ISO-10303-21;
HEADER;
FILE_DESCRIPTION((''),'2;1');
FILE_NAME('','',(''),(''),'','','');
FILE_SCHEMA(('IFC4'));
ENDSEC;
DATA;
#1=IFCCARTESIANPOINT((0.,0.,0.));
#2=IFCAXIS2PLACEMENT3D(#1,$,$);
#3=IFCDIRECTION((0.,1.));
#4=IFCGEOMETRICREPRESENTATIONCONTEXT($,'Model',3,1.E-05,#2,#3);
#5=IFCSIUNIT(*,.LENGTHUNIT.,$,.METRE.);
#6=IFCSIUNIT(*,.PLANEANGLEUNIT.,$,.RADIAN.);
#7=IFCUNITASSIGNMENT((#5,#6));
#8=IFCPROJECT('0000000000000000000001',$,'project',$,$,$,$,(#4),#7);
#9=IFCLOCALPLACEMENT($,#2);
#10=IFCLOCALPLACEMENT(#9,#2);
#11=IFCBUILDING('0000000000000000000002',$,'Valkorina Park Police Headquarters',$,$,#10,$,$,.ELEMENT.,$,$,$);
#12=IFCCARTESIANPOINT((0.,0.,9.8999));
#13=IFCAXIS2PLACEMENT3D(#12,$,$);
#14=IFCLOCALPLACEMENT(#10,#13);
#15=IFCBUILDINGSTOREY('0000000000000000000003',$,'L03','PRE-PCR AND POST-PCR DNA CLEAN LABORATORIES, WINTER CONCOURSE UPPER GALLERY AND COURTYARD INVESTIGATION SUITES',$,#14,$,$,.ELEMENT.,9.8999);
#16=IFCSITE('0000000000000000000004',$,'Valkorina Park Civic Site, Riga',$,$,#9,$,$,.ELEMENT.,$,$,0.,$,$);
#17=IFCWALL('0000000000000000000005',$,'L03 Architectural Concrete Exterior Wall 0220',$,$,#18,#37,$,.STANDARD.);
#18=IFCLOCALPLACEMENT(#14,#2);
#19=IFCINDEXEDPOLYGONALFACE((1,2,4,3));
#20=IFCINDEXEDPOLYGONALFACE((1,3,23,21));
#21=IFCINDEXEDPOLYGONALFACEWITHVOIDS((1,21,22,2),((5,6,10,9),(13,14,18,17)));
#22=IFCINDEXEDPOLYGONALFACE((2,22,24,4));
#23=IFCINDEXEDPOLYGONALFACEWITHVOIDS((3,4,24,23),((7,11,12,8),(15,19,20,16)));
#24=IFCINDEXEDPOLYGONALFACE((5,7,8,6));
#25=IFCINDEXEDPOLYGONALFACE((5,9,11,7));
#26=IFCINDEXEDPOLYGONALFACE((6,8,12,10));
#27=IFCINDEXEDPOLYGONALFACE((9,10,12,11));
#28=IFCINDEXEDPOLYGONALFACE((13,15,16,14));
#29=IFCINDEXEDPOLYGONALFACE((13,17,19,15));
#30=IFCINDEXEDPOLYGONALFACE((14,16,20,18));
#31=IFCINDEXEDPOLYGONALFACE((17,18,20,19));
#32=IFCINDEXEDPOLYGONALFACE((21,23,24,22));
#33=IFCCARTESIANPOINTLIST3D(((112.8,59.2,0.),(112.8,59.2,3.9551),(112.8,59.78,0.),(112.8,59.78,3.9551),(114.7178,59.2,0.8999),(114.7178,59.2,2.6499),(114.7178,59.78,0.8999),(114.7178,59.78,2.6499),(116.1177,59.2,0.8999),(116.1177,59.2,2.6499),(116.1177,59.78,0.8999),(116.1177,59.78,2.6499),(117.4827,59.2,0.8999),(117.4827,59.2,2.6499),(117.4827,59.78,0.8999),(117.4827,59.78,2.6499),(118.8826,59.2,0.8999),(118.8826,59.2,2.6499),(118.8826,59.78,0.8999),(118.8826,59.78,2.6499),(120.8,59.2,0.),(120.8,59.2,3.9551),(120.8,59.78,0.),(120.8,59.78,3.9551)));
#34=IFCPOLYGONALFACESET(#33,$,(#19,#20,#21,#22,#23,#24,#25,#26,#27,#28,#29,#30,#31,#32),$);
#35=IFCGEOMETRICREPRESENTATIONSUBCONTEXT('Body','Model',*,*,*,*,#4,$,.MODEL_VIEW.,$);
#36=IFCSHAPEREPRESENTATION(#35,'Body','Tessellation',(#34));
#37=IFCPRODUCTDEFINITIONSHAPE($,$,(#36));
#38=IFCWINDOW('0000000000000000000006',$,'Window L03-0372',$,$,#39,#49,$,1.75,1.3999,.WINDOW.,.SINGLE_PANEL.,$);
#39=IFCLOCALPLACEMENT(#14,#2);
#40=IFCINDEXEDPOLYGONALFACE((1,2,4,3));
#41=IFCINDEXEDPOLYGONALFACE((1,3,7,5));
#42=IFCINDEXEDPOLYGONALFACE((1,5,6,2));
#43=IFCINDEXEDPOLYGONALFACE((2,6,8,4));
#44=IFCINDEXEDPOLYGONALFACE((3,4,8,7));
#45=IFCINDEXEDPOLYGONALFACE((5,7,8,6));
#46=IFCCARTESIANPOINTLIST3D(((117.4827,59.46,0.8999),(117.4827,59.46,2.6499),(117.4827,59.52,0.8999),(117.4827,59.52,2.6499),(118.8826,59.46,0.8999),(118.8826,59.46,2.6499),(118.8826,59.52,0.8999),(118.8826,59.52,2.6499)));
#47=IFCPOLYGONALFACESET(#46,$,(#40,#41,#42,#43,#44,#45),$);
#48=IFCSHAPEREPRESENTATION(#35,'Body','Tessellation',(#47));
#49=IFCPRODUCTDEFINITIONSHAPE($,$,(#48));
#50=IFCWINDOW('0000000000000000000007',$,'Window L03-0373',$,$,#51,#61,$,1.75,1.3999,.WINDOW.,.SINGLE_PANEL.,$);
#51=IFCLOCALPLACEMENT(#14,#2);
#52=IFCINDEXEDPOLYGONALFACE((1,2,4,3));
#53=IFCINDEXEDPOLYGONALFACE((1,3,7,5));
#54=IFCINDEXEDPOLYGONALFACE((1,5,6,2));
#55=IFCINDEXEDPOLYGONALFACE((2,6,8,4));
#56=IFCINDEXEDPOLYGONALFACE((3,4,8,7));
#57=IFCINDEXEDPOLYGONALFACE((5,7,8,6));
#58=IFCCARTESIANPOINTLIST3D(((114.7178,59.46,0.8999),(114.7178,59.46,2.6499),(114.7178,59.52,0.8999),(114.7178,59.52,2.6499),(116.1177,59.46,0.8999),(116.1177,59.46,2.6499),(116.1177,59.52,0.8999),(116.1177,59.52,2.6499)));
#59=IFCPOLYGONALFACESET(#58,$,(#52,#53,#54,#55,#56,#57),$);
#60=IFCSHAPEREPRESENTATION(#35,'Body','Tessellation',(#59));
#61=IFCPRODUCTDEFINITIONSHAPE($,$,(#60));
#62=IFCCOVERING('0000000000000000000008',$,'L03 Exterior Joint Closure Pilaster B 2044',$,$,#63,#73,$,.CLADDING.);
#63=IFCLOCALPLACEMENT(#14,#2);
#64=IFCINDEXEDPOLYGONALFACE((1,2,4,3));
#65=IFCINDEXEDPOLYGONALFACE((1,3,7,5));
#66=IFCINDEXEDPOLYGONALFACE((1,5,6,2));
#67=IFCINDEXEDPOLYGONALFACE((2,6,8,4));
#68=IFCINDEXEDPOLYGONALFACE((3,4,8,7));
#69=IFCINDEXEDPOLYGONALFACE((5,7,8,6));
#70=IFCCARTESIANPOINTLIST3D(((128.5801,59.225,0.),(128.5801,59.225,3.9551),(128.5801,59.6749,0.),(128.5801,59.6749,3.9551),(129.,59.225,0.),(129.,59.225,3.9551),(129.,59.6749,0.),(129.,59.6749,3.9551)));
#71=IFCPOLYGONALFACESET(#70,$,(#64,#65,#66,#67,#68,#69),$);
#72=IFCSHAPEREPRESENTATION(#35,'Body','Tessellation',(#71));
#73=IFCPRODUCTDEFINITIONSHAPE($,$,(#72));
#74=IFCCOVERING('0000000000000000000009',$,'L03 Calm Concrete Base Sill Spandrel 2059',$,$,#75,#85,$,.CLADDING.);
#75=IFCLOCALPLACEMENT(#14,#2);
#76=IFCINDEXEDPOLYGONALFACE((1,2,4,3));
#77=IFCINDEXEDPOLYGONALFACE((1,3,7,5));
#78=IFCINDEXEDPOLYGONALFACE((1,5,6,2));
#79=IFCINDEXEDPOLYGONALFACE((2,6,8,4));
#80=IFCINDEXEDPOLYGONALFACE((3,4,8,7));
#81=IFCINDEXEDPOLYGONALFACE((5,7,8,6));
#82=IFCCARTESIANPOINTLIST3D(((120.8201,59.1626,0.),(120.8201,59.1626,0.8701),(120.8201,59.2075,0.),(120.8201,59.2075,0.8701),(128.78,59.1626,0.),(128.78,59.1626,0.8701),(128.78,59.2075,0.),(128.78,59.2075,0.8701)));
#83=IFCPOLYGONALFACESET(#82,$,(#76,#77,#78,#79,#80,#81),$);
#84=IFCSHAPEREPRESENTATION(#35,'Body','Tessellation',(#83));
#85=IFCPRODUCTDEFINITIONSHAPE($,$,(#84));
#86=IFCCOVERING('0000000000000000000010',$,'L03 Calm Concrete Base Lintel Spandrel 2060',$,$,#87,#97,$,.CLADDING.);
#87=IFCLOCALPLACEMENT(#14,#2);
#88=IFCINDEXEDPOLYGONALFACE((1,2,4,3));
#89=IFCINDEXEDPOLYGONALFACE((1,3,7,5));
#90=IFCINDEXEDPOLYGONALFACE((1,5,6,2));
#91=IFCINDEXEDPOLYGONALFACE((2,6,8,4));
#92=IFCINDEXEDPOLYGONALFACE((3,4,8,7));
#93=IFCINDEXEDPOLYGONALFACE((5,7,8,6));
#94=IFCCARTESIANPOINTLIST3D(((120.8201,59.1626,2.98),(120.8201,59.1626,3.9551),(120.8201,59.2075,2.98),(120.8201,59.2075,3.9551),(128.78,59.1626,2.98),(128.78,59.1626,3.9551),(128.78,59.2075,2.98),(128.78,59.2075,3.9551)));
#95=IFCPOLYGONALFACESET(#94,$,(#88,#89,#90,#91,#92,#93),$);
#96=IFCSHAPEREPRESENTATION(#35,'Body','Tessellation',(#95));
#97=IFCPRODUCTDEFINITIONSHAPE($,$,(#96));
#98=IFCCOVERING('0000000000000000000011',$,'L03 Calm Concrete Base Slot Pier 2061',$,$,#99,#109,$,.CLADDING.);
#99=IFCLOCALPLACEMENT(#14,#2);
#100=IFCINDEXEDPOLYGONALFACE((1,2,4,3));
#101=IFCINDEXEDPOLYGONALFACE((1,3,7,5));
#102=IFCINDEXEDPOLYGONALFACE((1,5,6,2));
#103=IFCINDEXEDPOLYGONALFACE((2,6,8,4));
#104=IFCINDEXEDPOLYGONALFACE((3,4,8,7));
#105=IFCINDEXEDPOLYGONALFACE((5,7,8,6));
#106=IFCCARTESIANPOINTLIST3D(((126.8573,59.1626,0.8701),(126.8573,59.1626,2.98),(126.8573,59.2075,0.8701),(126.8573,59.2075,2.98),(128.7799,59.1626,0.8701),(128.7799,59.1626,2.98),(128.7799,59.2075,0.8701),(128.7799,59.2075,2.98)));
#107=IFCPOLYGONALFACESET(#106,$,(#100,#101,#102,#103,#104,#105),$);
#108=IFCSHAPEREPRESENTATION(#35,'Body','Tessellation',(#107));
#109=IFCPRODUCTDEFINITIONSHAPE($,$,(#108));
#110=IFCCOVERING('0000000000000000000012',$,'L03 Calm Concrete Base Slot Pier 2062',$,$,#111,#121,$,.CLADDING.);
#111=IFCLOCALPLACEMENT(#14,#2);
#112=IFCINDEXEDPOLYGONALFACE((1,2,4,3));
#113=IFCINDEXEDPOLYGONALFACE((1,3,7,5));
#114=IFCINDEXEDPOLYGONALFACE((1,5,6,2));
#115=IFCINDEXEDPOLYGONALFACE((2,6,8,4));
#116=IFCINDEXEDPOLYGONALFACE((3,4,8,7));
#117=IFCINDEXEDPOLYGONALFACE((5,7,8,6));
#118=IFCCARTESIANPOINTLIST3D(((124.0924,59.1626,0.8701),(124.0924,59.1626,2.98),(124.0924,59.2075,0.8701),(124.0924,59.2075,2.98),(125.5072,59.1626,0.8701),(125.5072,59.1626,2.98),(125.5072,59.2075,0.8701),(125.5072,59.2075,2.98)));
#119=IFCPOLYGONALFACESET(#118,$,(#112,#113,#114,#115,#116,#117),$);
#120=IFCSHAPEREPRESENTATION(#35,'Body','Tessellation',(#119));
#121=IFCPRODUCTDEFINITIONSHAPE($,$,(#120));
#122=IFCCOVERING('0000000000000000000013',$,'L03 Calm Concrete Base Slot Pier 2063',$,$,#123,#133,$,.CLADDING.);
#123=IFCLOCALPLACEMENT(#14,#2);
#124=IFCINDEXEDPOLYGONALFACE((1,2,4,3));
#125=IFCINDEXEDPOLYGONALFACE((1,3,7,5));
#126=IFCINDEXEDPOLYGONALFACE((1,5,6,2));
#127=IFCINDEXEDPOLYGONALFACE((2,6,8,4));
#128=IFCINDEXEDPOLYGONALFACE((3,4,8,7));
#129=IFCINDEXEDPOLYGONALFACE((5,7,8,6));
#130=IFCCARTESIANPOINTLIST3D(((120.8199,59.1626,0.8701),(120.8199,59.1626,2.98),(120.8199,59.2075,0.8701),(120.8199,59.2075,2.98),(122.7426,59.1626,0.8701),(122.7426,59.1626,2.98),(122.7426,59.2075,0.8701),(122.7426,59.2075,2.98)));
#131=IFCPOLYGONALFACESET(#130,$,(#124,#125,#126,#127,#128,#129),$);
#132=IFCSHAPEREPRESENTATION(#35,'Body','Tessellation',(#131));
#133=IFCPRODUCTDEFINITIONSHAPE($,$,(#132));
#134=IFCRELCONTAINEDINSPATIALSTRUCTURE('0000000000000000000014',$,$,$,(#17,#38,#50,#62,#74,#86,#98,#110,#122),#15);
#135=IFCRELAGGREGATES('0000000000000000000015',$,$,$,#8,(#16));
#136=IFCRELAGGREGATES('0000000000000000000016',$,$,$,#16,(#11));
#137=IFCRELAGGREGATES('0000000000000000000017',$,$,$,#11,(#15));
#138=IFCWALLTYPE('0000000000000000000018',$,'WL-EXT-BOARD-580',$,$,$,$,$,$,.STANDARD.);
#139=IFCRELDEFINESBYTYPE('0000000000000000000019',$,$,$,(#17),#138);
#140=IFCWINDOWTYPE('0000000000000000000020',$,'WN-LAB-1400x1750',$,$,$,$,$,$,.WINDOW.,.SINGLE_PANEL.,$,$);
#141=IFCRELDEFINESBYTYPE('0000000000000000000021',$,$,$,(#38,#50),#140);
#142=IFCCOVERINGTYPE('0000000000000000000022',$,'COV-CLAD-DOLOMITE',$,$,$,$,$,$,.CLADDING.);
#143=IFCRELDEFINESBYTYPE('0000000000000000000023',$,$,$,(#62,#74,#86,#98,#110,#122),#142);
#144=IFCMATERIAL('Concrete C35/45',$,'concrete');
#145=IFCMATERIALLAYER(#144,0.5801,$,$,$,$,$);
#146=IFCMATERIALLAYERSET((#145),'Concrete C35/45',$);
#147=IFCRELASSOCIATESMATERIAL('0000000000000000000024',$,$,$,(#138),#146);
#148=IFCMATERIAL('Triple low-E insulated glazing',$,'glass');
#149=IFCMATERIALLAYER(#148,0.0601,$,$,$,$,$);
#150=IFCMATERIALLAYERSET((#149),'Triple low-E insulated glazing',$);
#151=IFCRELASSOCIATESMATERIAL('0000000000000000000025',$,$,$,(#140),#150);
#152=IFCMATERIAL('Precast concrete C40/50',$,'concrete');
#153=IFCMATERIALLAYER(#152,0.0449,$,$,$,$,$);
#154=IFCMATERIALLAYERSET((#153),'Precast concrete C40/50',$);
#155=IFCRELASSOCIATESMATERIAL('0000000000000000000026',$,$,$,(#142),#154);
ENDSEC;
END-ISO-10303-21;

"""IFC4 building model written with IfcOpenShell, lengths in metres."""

from ifc_helpers import new_model, si_unit, direction, frame, frame_2d, origin, origin_2d, place, context, subcontext, project, spatial, rectangle, extrude, material, layer, layer_set, type_object, element, fill, save


model = new_model("IFC4")

# Units and contexts
model_context = context("Model", 3, precision=1e-05, world=origin(), true_north=direction((0.0, 1.0)))
body_context = subcontext(model_context, "Body", "Model", "MODEL_VIEW")
ifc_project = project(units=[si_unit("LENGTHUNIT", "METRE"), si_unit("PLANEANGLEUNIT", "RADIAN")], contexts=[model_context])

# Site, building, storey
site_placement = place(None, origin())
site = spatial("IfcSite", under=ifc_project, at=site_placement, Name="Valkorina Park Civic Site, Riga", CompositionType="ELEMENT", RefElevation=0.0)
building_placement = place(site_placement, origin())
building = spatial("IfcBuilding", under=site, at=building_placement, Name="Valkorina Park Police Headquarters", CompositionType="ELEMENT")
storey_placement = place(building_placement, frame((0.0, 0.0, 9.8999)))
storey = spatial("IfcBuildingStorey", under=building, at=storey_placement, Name="L03", Description="PRE-PCR AND POST-PCR DNA CLEAN LABORATORIES, WINTER CONCOURSE UPPER GALLERY AND COURTYARD INVESTIGATION SUITES", CompositionType="ELEMENT", Elevation=9.8999)

# Wall, openings, windows
ifc_material_1 = material(Name="Concrete C35/45", Category="concrete")
ifc_layer_1 = layer(ifc_material_1, 0.5801)
ifc_layer_set_1 = layer_set([ifc_layer_1], Name="Concrete C35/45")
wall_type = type_object("IfcWallType", Name="WL-EXT-BOARD-580", PredefinedType="STANDARD", material=ifc_layer_set_1)
ifc_material_2 = material(Name="Triple low-E insulated glazing", Category="glass")
wall_1_placement = place(storey_placement, frame((120.8, 59.49, 0.0), z_axis=(0.0, 0.0, 1.0), x_axis=(-1.0, 0.0, 0.0)))
wall_1 = element("IfcWall", 1, at=wall_1_placement, inside=storey, type_object=wall_type, Name="L03 Architectural Concrete Exterior Wall 0220", PredefinedType="STANDARD", context=body_context, shape_type="SweptSolid", body=[
    extrude(rectangle(XDim=8.0, YDim=0.5801, at=frame_2d((4.0, 0.0))), origin(), (0.0, 0.0, 1.0), 3.9551),
])
opening_1_placement = place(wall_1_placement, frame((1.9175, 0.0, 0.8999)))
opening_1 = element("IfcOpeningElement", 2, at=opening_1_placement, cuts=wall_1, PredefinedType="OPENING", context=body_context, shape_type="SweptSolid", body=[
    extrude(rectangle(XDim=1.3999, YDim=1.75, at=frame_2d((0.7, 0.875))), frame((0.0, 0.3, 0.0), z_axis=(0.0, -1.0, 0.0), x_axis=(1.0, 0.0, 0.0)), (0.0, 0.0, 1.0), 0.6001),
])
opening_2_placement = place(wall_1_placement, frame((4.6824, 0.0, 0.8999)))
opening_2 = element("IfcOpeningElement", 3, at=opening_2_placement, cuts=wall_1, PredefinedType="OPENING", context=body_context, shape_type="SweptSolid", body=[
    extrude(rectangle(XDim=1.3999, YDim=1.75, at=frame_2d((0.7, 0.875))), frame((0.0, 0.3, 0.0), z_axis=(0.0, -1.0, 0.0), x_axis=(1.0, 0.0, 0.0)), (0.0, 0.0, 1.0), 0.6001),
])
ifc_layer_2 = layer(ifc_material_2, 0.0601)
ifc_layer_set_2 = layer_set([ifc_layer_2], Name="Triple low-E insulated glazing")
window_type_1 = type_object("IfcWindowType", Name="WN-LAB-1400x1750", PartitioningType="SINGLE_PANEL", PredefinedType="WINDOW", material=ifc_layer_set_2)
window_1_placement = place(opening_1_placement, origin())
window_1 = element("IfcWindow", 4, at=window_1_placement, inside=storey, type_object=window_type_1, Name="Window L03-0372", OverallHeight=1.75, OverallWidth=1.3999, PartitioningType="SINGLE_PANEL", PredefinedType="WINDOW", context=body_context, shape_type="SweptSolid", body=[
    extrude(rectangle(XDim=1.3999, YDim=1.75, at=frame_2d((0.7, 0.875))), frame((0.0, 0.03, 0.0), z_axis=(0.0, -1.0, 0.0), x_axis=(1.0, 0.0, 0.0)), (0.0, 0.0, 1.0), 0.0601),
])
fill(opening_1, window_1)
window_2_placement = place(opening_2_placement, origin())
window_2 = element("IfcWindow", 5, at=window_2_placement, inside=storey, type_object=window_type_1, Name="Window L03-0373", OverallHeight=1.75, OverallWidth=1.3999, PartitioningType="SINGLE_PANEL", PredefinedType="WINDOW", context=body_context, shape_type="SweptSolid", body=[
    extrude(rectangle(XDim=1.3999, YDim=1.75, at=frame_2d((0.7, 0.875))), frame((0.0, 0.03, 0.0), z_axis=(0.0, -1.0, 0.0), x_axis=(1.0, 0.0, 0.0)), (0.0, 0.0, 1.0), 0.0601),
])
fill(opening_2, window_2)

# Coverings
ifc_material_3 = material(Name="Precast concrete C40/50", Category="concrete")
ifc_layer_3 = layer(ifc_material_3, 0.0449)
ifc_layer_set_3 = layer_set([ifc_layer_3], Name="Precast concrete C40/50")
covering_type = type_object("IfcCoveringType", Name="COV-CLAD-DOLOMITE", PredefinedType="CLADDING", material=ifc_layer_set_3)
covering_1_placement = place(storey_placement, frame((128.79, 59.45, 0.0), z_axis=(0.0, 0.0, 1.0), x_axis=(1.0, 0.0, 0.0)))
element("IfcCovering", 6, at=covering_1_placement, inside=storey, type_object=covering_type, Name="L03 Exterior Joint Closure Pilaster B 2044", PredefinedType="CLADDING", context=body_context, shape_type="SweptSolid", body=[
    extrude(rectangle(XDim=0.4199, YDim=0.45, at=origin_2d()), origin(), (0.0, 0.0, 1.0), 3.9551),
])
covering_2_placement = place(storey_placement, frame((128.78, 59.1851, 0.0), z_axis=(0.0, 0.0, 1.0), x_axis=(-1.0, 0.0, 0.0)))
element("IfcCovering", 7, at=covering_2_placement, inside=storey, type_object=covering_type, Name="L03 Calm Concrete Base Sill Spandrel 2059", PredefinedType="CLADDING", context=body_context, shape_type="SweptSolid", body=[
    extrude(rectangle(XDim=7.96, YDim=0.0449, at=frame_2d((3.98, 0.0))), origin(), (0.0, 0.0, 1.0), 0.8701),
])
covering_3_placement = place(storey_placement, frame((128.78, 59.1851, 2.98), z_axis=(0.0, 0.0, 1.0), x_axis=(-1.0, 0.0, 0.0)))
element("IfcCovering", 8, at=covering_3_placement, inside=storey, type_object=covering_type, Name="L03 Calm Concrete Base Lintel Spandrel 2060", PredefinedType="CLADDING", context=body_context, shape_type="SweptSolid", body=[
    extrude(rectangle(XDim=7.96, YDim=0.0449, at=frame_2d((3.98, 0.0))), origin(), (0.0, 0.0, 1.0), 0.9751),
])
covering_4_placement = place(storey_placement, frame((128.78, 59.1851, 0.8701), z_axis=(0.0, 0.0, 1.0), x_axis=(-1.0, 0.0, 0.0)))
element("IfcCovering", 9, at=covering_4_placement, inside=storey, type_object=covering_type, Name="L03 Calm Concrete Base Slot Pier 2061", PredefinedType="CLADDING", context=body_context, shape_type="SweptSolid", body=[
    extrude(rectangle(XDim=1.9226, YDim=0.0449, at=frame_2d((0.9614, 0.0))), origin(), (0.0, 0.0, 1.0), 2.1099),
])
covering_5_placement = place(storey_placement, frame((125.5073, 59.1851, 0.8701), z_axis=(0.0, 0.0, 1.0), x_axis=(-1.0, 0.0, 0.0)))
element("IfcCovering", 10, at=covering_5_placement, inside=storey, type_object=covering_type, Name="L03 Calm Concrete Base Slot Pier 2062", PredefinedType="CLADDING", context=body_context, shape_type="SweptSolid", body=[
    extrude(rectangle(XDim=1.4148, YDim=0.0449, at=frame_2d((0.7075, 0.0))), origin(), (0.0, 0.0, 1.0), 2.1099),
])
covering_6_placement = place(storey_placement, frame((122.7427, 59.1851, 0.8701), z_axis=(0.0, 0.0, 1.0), x_axis=(-1.0, 0.0, 0.0)))
element("IfcCovering", 11, at=covering_6_placement, inside=storey, type_object=covering_type, Name="L03 Calm Concrete Base Slot Pier 2063", PredefinedType="CLADDING", context=body_context, shape_type="SweptSolid", body=[
    extrude(rectangle(XDim=1.9226, YDim=0.0449, at=frame_2d((0.9614, 0.0))), origin(), (0.0, 0.0, 1.0), 2.1099),
])

save(model, "model.ifc")
